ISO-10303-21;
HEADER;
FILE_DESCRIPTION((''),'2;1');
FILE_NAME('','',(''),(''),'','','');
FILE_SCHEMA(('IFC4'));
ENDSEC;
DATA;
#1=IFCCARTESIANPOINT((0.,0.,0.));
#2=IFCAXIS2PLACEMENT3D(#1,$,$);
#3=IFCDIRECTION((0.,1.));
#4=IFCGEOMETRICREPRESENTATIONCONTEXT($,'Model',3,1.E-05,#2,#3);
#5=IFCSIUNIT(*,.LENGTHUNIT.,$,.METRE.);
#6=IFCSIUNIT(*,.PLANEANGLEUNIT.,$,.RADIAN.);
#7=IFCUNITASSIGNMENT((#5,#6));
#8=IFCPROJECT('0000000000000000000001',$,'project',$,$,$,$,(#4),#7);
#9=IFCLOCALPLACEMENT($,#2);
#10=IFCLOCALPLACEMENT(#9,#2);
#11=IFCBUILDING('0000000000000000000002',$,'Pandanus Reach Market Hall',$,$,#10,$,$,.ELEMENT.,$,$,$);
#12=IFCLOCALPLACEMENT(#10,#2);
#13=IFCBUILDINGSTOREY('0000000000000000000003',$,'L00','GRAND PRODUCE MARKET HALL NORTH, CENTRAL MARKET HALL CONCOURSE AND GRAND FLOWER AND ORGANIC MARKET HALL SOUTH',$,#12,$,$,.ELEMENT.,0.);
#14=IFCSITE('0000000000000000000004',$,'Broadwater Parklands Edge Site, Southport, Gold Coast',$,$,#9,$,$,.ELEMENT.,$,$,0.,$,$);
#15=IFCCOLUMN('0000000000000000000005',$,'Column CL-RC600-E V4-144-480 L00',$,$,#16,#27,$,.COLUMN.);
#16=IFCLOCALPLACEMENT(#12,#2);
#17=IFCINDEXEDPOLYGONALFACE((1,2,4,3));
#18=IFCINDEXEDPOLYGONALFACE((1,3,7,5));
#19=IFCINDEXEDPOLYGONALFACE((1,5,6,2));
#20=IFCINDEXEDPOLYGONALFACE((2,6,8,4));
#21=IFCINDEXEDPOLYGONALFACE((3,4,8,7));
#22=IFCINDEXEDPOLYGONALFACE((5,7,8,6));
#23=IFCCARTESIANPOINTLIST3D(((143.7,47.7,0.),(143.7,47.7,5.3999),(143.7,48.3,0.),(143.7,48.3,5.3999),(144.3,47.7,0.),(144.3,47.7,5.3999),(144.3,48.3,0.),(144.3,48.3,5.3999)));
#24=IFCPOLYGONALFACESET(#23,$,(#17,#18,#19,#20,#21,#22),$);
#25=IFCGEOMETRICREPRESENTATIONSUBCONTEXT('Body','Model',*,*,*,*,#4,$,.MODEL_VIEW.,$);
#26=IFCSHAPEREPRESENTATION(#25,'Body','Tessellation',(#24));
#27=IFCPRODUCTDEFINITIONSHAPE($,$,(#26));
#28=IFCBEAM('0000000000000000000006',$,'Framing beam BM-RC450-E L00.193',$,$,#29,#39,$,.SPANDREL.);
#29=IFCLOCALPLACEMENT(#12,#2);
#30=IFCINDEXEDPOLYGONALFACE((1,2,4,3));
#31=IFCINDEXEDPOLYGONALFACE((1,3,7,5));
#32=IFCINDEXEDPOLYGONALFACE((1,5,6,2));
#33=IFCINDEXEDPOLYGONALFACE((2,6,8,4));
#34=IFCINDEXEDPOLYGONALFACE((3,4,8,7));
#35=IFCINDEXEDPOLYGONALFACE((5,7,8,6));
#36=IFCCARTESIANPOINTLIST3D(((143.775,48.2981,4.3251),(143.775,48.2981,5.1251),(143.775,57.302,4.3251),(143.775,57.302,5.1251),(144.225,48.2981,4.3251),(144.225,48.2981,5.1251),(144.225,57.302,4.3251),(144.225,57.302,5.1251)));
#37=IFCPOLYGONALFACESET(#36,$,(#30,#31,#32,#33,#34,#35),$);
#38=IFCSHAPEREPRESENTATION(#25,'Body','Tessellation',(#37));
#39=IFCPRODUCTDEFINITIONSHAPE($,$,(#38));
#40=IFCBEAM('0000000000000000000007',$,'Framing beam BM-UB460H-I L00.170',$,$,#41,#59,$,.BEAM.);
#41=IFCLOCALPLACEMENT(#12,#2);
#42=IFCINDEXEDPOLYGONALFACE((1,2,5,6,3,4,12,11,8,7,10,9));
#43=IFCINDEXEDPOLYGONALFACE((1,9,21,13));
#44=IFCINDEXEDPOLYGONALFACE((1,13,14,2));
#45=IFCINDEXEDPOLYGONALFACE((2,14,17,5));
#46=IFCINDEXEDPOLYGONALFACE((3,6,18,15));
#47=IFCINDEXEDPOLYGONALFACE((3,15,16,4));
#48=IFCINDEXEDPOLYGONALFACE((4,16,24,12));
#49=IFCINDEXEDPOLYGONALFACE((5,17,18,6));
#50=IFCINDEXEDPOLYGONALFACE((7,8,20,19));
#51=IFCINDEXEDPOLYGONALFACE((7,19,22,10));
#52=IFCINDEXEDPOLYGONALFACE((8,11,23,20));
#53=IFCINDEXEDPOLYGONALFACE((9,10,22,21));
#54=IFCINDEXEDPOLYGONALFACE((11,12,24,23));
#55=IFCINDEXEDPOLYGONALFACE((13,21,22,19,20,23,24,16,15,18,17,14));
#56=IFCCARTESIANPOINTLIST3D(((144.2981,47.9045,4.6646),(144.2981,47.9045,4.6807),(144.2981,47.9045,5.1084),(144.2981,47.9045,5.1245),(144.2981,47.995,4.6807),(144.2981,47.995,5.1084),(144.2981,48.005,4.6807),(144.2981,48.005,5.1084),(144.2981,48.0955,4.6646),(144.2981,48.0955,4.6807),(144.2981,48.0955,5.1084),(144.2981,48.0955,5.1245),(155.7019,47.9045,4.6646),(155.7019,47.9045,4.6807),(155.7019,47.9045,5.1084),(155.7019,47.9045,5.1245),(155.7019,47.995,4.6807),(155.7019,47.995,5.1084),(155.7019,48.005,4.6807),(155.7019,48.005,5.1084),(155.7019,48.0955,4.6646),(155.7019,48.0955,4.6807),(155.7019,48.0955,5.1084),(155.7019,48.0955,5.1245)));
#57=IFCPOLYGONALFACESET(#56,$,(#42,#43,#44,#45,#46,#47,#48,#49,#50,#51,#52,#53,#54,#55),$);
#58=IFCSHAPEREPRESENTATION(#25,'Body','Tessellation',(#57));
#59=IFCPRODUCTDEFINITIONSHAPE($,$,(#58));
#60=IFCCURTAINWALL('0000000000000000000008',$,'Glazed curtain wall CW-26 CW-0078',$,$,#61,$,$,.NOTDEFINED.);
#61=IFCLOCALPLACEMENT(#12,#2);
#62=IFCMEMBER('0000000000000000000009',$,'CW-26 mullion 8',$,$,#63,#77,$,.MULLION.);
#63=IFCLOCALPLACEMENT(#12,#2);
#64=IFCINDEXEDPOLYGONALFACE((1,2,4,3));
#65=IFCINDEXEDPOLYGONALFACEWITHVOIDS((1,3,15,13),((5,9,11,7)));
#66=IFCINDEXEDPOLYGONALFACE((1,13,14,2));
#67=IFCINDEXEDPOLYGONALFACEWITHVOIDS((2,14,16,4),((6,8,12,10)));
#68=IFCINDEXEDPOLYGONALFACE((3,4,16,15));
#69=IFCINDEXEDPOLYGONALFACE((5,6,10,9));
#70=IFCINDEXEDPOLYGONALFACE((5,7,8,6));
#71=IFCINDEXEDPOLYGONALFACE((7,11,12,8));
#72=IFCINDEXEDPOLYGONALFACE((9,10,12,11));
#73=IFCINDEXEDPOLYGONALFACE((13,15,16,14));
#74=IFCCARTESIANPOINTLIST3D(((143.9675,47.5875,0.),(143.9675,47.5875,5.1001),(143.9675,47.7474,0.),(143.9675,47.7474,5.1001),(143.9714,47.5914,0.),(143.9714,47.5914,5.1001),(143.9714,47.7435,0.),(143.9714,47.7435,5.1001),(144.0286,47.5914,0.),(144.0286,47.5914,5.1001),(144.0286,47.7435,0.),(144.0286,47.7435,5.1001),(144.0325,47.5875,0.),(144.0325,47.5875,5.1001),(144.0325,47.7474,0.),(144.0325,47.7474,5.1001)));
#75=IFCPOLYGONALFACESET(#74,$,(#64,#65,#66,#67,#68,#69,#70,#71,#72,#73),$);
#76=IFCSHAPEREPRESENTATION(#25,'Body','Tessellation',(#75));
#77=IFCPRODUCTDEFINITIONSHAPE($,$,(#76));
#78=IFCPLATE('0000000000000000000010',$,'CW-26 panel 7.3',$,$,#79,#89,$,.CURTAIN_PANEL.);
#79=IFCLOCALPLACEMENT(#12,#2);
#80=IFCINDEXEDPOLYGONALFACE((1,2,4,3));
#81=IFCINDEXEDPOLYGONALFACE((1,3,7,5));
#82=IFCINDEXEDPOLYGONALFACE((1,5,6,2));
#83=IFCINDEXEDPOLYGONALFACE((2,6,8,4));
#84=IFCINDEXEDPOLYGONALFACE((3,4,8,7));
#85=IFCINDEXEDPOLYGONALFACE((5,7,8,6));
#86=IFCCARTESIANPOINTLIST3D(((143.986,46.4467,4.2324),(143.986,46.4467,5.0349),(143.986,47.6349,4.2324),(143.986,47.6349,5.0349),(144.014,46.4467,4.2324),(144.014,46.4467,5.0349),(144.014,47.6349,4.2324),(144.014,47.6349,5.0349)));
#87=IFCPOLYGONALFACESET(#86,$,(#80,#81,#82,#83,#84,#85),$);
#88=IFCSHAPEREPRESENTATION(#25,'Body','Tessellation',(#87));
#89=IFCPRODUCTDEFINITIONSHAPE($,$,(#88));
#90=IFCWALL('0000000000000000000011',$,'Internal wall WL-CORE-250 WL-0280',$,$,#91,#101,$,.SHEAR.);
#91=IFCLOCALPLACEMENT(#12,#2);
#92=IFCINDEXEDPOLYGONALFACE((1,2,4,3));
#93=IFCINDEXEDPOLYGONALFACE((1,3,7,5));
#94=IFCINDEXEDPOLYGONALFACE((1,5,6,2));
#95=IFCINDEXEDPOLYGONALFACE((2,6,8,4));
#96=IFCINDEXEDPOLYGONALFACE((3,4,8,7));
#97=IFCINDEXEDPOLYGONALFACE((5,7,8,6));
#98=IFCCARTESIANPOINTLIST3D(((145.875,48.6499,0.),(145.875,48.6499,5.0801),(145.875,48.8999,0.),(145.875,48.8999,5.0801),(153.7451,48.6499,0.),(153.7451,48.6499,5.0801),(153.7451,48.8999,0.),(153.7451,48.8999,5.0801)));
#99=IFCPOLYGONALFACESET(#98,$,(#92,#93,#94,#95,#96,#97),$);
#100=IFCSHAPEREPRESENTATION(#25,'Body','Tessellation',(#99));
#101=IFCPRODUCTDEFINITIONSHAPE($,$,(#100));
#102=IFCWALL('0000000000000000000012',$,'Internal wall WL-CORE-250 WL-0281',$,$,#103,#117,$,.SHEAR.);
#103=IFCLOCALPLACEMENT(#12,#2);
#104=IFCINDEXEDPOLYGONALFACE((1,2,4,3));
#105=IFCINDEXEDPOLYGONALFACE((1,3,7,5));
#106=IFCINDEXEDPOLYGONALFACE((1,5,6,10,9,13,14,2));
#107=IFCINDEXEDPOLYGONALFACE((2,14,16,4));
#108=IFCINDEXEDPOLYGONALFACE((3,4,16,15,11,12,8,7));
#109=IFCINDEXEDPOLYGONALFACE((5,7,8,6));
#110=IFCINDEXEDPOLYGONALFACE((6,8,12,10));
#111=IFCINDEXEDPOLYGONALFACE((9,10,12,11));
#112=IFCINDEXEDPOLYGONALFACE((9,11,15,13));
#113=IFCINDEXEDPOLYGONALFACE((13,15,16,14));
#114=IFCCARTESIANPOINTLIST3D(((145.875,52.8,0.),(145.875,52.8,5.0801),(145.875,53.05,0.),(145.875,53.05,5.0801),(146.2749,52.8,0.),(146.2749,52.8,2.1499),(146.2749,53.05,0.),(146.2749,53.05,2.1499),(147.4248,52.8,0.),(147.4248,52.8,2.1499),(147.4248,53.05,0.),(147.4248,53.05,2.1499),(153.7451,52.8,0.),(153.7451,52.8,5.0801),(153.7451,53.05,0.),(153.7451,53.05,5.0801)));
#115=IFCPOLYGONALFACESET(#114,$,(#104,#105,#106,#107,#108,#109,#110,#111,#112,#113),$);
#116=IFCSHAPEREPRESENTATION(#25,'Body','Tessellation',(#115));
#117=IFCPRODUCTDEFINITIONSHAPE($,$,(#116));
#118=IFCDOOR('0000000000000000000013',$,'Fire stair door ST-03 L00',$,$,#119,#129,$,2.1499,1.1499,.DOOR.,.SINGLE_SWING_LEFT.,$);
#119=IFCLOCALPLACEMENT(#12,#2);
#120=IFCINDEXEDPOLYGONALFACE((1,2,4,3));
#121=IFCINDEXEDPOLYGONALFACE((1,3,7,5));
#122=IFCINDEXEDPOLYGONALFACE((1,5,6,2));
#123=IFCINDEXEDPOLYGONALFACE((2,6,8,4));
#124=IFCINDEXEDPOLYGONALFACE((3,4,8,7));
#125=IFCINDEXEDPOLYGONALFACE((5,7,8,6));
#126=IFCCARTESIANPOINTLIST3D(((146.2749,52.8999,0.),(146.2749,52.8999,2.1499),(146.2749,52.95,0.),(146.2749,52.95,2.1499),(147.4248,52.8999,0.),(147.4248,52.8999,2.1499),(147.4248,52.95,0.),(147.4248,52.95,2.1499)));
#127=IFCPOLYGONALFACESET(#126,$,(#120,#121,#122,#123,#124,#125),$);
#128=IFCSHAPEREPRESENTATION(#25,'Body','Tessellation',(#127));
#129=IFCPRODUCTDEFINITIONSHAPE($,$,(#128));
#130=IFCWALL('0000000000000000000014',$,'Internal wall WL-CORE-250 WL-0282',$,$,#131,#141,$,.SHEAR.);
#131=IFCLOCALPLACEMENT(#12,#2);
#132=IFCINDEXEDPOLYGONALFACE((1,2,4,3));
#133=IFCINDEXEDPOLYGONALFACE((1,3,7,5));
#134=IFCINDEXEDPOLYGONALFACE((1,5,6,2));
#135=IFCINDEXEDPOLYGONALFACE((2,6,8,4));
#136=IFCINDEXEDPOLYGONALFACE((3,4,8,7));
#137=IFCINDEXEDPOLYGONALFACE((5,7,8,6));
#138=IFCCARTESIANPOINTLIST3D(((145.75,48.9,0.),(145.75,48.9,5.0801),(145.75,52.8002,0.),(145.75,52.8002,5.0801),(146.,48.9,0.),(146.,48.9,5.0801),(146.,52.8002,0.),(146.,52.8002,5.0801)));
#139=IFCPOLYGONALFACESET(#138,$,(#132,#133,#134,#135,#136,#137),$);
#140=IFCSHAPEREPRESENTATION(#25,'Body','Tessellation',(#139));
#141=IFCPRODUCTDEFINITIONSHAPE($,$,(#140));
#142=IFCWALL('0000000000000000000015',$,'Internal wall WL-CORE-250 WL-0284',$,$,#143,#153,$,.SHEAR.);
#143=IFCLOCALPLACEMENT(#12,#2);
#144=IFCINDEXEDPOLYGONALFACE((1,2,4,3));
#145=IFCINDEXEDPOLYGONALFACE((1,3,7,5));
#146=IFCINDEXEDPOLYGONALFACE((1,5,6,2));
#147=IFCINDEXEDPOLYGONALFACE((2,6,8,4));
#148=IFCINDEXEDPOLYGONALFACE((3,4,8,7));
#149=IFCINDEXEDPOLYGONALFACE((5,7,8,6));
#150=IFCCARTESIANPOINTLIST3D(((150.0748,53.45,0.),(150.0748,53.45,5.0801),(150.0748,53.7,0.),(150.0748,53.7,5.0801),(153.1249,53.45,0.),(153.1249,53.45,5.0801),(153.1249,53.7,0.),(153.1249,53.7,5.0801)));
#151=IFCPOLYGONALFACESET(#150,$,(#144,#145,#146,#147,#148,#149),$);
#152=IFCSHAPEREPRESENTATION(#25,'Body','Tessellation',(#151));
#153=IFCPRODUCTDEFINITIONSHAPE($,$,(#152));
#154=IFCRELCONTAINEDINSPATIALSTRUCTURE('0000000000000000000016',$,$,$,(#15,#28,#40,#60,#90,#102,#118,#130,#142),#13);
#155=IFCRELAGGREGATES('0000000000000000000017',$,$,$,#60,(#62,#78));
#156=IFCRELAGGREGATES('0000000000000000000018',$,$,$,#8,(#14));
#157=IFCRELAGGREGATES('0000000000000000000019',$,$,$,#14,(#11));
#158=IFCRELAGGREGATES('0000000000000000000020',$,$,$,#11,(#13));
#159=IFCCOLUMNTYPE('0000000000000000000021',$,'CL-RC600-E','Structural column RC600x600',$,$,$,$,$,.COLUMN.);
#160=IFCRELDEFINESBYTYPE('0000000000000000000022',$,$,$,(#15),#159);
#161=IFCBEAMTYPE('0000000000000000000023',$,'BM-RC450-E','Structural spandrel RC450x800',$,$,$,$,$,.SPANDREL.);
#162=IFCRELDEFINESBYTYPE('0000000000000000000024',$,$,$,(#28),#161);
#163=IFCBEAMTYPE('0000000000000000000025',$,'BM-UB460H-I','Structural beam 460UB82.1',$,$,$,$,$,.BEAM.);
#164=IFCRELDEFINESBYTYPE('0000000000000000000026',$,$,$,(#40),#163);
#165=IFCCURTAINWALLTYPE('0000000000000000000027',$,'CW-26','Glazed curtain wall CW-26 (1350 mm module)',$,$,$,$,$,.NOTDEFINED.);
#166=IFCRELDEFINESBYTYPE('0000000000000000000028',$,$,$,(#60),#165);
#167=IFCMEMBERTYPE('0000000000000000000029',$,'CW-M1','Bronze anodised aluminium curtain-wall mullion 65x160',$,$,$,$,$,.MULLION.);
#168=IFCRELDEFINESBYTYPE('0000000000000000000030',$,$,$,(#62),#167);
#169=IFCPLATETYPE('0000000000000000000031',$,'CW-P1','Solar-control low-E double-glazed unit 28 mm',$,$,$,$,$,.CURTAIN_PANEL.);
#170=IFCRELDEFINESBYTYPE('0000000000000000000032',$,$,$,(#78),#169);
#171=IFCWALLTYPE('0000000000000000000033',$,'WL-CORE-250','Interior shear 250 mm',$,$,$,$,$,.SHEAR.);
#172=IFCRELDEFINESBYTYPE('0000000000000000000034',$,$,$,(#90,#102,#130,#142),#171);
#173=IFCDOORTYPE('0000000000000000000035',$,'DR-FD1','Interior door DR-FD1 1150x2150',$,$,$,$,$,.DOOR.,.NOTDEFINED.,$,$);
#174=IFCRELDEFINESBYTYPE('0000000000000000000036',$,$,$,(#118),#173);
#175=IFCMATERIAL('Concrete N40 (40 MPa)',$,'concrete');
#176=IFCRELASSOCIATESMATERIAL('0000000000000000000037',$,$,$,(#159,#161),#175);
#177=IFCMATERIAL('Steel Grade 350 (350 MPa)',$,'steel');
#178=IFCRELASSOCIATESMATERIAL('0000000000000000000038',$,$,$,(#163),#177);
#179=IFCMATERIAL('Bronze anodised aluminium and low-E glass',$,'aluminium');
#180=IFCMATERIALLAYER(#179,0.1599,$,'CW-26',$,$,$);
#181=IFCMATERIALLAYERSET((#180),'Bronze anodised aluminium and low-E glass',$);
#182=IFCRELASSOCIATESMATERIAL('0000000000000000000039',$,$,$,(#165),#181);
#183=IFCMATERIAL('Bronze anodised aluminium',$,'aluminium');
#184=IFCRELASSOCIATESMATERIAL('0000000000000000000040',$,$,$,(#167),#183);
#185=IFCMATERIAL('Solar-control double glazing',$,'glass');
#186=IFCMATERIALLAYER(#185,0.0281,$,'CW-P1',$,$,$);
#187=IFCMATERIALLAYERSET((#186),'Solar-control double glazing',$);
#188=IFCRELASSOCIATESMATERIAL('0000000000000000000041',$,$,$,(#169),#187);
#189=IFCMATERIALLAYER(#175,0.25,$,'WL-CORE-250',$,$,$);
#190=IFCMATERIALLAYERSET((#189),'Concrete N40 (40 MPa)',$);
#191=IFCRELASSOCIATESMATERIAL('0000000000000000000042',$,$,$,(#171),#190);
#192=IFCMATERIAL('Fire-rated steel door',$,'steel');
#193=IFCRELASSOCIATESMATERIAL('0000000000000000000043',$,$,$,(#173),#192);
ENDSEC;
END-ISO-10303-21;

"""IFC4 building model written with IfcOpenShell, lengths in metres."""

from ifc_helpers import new_model, si_unit, direction, frame, frame_2d, origin, origin_2d, place, context, subcontext, project, spatial, rectangle, hollow_rectangle, i_section, extrude, material, layer, layer_set, material_profile, profile_set, type_object, element, fill, aggregate, save


model = new_model("IFC4")

# Units and contexts
model_context = context("Model", 3, precision=1e-05, world=origin(), true_north=direction((0.0, 1.0)))
body_context = subcontext(model_context, "Body", "Model", "MODEL_VIEW")
ifc_project = project(units=[si_unit("LENGTHUNIT", "METRE"), si_unit("PLANEANGLEUNIT", "RADIAN")], contexts=[model_context])

# Site, building, storey
site_placement = place(None, origin())
site = spatial("IfcSite", under=ifc_project, at=site_placement, Name="Broadwater Parklands Edge Site, Southport, Gold Coast", CompositionType="ELEMENT", RefElevation=0.0)
building_placement = place(site_placement, origin())
building = spatial("IfcBuilding", under=site, at=building_placement, Name="Pandanus Reach Market Hall", CompositionType="ELEMENT")
storey_placement = place(building_placement, origin())
storey = spatial("IfcBuildingStorey", under=building, at=storey_placement, Name="L00", Description="GRAND PRODUCE MARKET HALL NORTH, CENTRAL MARKET HALL CONCOURSE AND GRAND FLOWER AND ORGANIC MARKET HALL SOUTH", CompositionType="ELEMENT", Elevation=0.0)

# Column
ifc_material_1 = material(Name="Concrete N40 (40 MPa)", Category="concrete")
ifc_material_profile_1 = material_profile(ifc_material_1, rectangle(XDim=0.6001, YDim=0.6001, at=origin_2d()), Name="RC600x600", Category="LoadBearing")
ifc_profile_set_1 = profile_set([ifc_material_profile_1], Name="Concrete N40 (40 MPa)")
column_type = type_object("IfcColumnType", Name="CL-RC600-E", Description="Structural column RC600x600", PredefinedType="COLUMN", material=ifc_profile_set_1)
column_placement = place(storey_placement, frame((144.0, 48.0, 0.0), z_axis=(0.0, 0.0, 1.0), x_axis=(1.0, 0.0, 0.0)))
element("IfcColumn", 1, at=column_placement, inside=storey, type_object=column_type, Name="Column CL-RC600-E V4-144-480 L00", PredefinedType="COLUMN", context=body_context, shape_type="SweptSolid", body=[
    extrude(rectangle(XDim=0.6001, YDim=0.6001, at=origin_2d()), origin(), (0.0, 0.0, 1.0), 5.3999),
])

# Beams
ifc_material_profile_2 = material_profile(ifc_material_1, rectangle(XDim=0.45, YDim=0.8, at=origin_2d()), Name="RC450x800", Category="LoadBearing")
ifc_profile_set_2 = profile_set([ifc_material_profile_2], Name="Concrete N40 (40 MPa)")
beam_type_1 = type_object("IfcBeamType", Name="BM-RC450-E", Description="Structural spandrel RC450x800", PredefinedType="SPANDREL", material=ifc_profile_set_2)
beam_1_placement = place(storey_placement, frame((144.0, 48.2981, 4.7251), z_axis=(0.0, 1.0, 0.0), x_axis=(-1.0, 0.0, 0.0)))
element("IfcBeam", 2, at=beam_1_placement, inside=storey, type_object=beam_type_1, Name="Framing beam BM-RC450-E L00.193", PredefinedType="SPANDREL", context=body_context, shape_type="SweptSolid", body=[
    extrude(rectangle(XDim=0.45, YDim=0.8, at=origin_2d()), origin(), (0.0, 0.0, 1.0), 9.0039),
])
ifc_material_2 = material(Name="Steel Grade 350 (350 MPa)", Category="steel")
ifc_material_profile_3 = material_profile(ifc_material_2, i_section(OverallWidth=0.1909, OverallDepth=0.46, WebThickness=0.01, FlangeThickness=0.0161, at=origin_2d()), Name="460UB82.1", Category="LoadBearing")
ifc_profile_set_3 = profile_set([ifc_material_profile_3], Name="Steel Grade 350 (350 MPa)")
beam_type_2 = type_object("IfcBeamType", Name="BM-UB460H-I", Description="Structural beam 460UB82.1", PredefinedType="BEAM", material=ifc_profile_set_3)
beam_2_placement = place(storey_placement, frame((144.2981, 48.0, 4.8945), z_axis=(1.0, 0.0, 0.0), x_axis=(0.0, 1.0, 0.0)))
element("IfcBeam", 3, at=beam_2_placement, inside=storey, type_object=beam_type_2, Name="Framing beam BM-UB460H-I L00.170", PredefinedType="BEAM", context=body_context, shape_type="SweptSolid", body=[
    extrude(i_section(OverallWidth=0.1909, OverallDepth=0.46, WebThickness=0.01, FlangeThickness=0.0161, at=origin_2d()), origin(), (0.0, 0.0, 1.0), 11.4038),
])

# Curtain wall, member, plate
ifc_material_3 = material(Name="Bronze anodised aluminium and low-E glass", Category="aluminium")
ifc_layer_1 = layer(ifc_material_3, 0.1599, Name="CW-26")
ifc_layer_set_1 = layer_set([ifc_layer_1], Name="Bronze anodised aluminium and low-E glass")
curtain_wall_type = type_object("IfcCurtainWallType", Name="CW-26", Description="Glazed curtain wall CW-26 (1350 mm module)", PredefinedType="NOTDEFINED", material=ifc_layer_set_1)
curtain_wall_placement = place(storey_placement, origin())
curtain_wall = element("IfcCurtainWall", 4, at=curtain_wall_placement, inside=storey, type_object=curtain_wall_type, Name="Glazed curtain wall CW-26 CW-0078", PredefinedType="NOTDEFINED")
ifc_material_4 = material(Name="Bronze anodised aluminium", Category="aluminium")
ifc_material_profile_4 = material_profile(ifc_material_4, hollow_rectangle(XDim=0.0649, YDim=0.1599, WallThickness=0.0039, at=origin_2d()), Name="ALU65x160", Category="LoadBearing")
ifc_profile_set_4 = profile_set([ifc_material_profile_4], Name="Bronze anodised aluminium")
member_type = type_object("IfcMemberType", Name="CW-M1", Description="Bronze anodised aluminium curtain-wall mullion 65x160", PredefinedType="MULLION", material=ifc_profile_set_4)
member_placement = place(storey_placement, frame((144.0, 47.6675, 0.0), z_axis=(0.0, 0.0, 1.0), x_axis=(-1.0, 0.0, 0.0)))
member = element("IfcMember", 5, at=member_placement, type_object=member_type, Name="CW-26 mullion 8", PredefinedType="MULLION", context=body_context, shape_type="SweptSolid", body=[
    extrude(hollow_rectangle(XDim=0.0649, YDim=0.1599, WallThickness=0.0039, at=origin_2d()), origin(), (0.0, 0.0, 1.0), 5.1001),
])
ifc_material_5 = material(Name="Solar-control double glazing", Category="glass")
ifc_layer_2 = layer(ifc_material_5, 0.0281, Name="CW-P1")
ifc_layer_set_2 = layer_set([ifc_layer_2], Name="Solar-control double glazing")
plate_type = type_object("IfcPlateType", Name="CW-P1", Description="Solar-control low-E double-glazed unit 28 mm", PredefinedType="CURTAIN_PANEL", material=ifc_layer_set_2)
plate_placement = place(storey_placement, frame((144.0, 47.0408, 4.2324), z_axis=(0.0, 0.0, 1.0), x_axis=(0.0, 1.0, 0.0)))
plate = element("IfcPlate", 6, at=plate_placement, type_object=plate_type, Name="CW-26 panel 7.3", PredefinedType="CURTAIN_PANEL", context=body_context, shape_type="SweptSolid", body=[
    extrude(rectangle(XDim=1.1882, YDim=0.0281, at=origin_2d()), origin(), (0.0, 0.0, 1.0), 0.8025),
])
aggregate(curtain_wall, [member, plate])

# Wall
ifc_layer_3 = layer(ifc_material_1, 0.25, Name="WL-CORE-250")
ifc_layer_set_3 = layer_set([ifc_layer_3], Name="Concrete N40 (40 MPa)")
wall_type_1 = type_object("IfcWallType", Name="WL-CORE-250", Description="Interior shear 250 mm", PredefinedType="SHEAR", material=ifc_layer_set_3)
wall_1_placement = place(storey_placement, frame((145.875, 48.7749, 0.0), z_axis=(0.0, 0.0, 1.0), x_axis=(1.0, 0.0, 0.0)))
element("IfcWall", 7, at=wall_1_placement, inside=storey, type_object=wall_type_1, Name="Internal wall WL-CORE-250 WL-0280", PredefinedType="SHEAR", context=body_context, shape_type="SweptSolid", body=[
    extrude(rectangle(XDim=7.8701, YDim=0.25, at=frame_2d((3.9351, 0.0))), origin(), (0.0, 0.0, 1.0), 5.0801),
])

# Wall, opening, door
wall_2_placement = place(storey_placement, frame((145.875, 52.925, 0.0), z_axis=(0.0, 0.0, 1.0), x_axis=(1.0, 0.0, 0.0)))
wall_2 = element("IfcWall", 8, at=wall_2_placement, inside=storey, type_object=wall_type_1, Name="Internal wall WL-CORE-250 WL-0281", PredefinedType="SHEAR", context=body_context, shape_type="SweptSolid", body=[
    extrude(rectangle(XDim=7.8701, YDim=0.25, at=frame_2d((3.9351, 0.0))), origin(), (0.0, 0.0, 1.0), 5.0801),
])
opening_1_placement = place(wall_2_placement, frame((0.3999, 0.0, 0.0)))
opening_1 = element("IfcOpeningElement", 9, at=opening_1_placement, cuts=wall_2, PredefinedType="OPENING", context=body_context, shape_type="SweptSolid", body=[
    extrude(rectangle(XDim=1.1499, YDim=2.1499, at=frame_2d((0.575, 1.075))), frame((0.0, 0.1399, 0.0), z_axis=(0.0, -1.0, 0.0), x_axis=(1.0, 0.0, 0.0)), (0.0, 0.0, 1.0), 0.28),
])
ifc_material_6 = material(Name="Fire-rated steel door", Category="steel")
door_type_1 = type_object("IfcDoorType", Name="DR-FD1", Description="Interior door DR-FD1 1150x2150", OperationType="NOTDEFINED", PredefinedType="DOOR", material=ifc_material_6)
door_1_placement = place(opening_1_placement, origin())
door_1 = element("IfcDoor", 10, at=door_1_placement, inside=storey, type_object=door_type_1, Name="Fire stair door ST-03 L00", OperationType="SINGLE_SWING_LEFT", OverallHeight=2.1499, OverallWidth=1.1499, PredefinedType="DOOR", context=body_context, shape_type="SweptSolid", body=[
    extrude(rectangle(XDim=1.1499, YDim=2.1499, at=frame_2d((0.575, 1.075))), frame((0.0, 0.0249, 0.0), z_axis=(0.0, -1.0, 0.0), x_axis=(1.0, 0.0, 0.0)), (0.0, 0.0, 1.0), 0.05),
])
fill(opening_1, door_1)

# Walls
wall_3_placement = place(storey_placement, frame((145.875, 48.8999, 0.0), z_axis=(0.0, 0.0, 1.0), x_axis=(0.0, 1.0, 0.0)))
element("IfcWall", 11, at=wall_3_placement, inside=storey, type_object=wall_type_1, Name="Internal wall WL-CORE-250 WL-0282", PredefinedType="SHEAR", context=body_context, shape_type="SweptSolid", body=[
    extrude(rectangle(XDim=3.9001, YDim=0.25, at=frame_2d((1.9502, 0.0))), origin(), (0.0, 0.0, 1.0), 5.0801),
])
wall_4_placement = place(storey_placement, frame((150.075, 53.575, 0.0), z_axis=(0.0, 0.0, 1.0), x_axis=(1.0, 0.0, 0.0)))
element("IfcWall", 12, at=wall_4_placement, inside=storey, type_object=wall_type_1, Name="Internal wall WL-CORE-250 WL-0284", PredefinedType="SHEAR", context=body_context, shape_type="SweptSolid", body=[
    extrude(rectangle(XDim=3.05, YDim=0.25, at=frame_2d((1.5249, 0.0))), origin(), (0.0, 0.0, 1.0), 5.0801),
])

save(model, "model.ifc")
